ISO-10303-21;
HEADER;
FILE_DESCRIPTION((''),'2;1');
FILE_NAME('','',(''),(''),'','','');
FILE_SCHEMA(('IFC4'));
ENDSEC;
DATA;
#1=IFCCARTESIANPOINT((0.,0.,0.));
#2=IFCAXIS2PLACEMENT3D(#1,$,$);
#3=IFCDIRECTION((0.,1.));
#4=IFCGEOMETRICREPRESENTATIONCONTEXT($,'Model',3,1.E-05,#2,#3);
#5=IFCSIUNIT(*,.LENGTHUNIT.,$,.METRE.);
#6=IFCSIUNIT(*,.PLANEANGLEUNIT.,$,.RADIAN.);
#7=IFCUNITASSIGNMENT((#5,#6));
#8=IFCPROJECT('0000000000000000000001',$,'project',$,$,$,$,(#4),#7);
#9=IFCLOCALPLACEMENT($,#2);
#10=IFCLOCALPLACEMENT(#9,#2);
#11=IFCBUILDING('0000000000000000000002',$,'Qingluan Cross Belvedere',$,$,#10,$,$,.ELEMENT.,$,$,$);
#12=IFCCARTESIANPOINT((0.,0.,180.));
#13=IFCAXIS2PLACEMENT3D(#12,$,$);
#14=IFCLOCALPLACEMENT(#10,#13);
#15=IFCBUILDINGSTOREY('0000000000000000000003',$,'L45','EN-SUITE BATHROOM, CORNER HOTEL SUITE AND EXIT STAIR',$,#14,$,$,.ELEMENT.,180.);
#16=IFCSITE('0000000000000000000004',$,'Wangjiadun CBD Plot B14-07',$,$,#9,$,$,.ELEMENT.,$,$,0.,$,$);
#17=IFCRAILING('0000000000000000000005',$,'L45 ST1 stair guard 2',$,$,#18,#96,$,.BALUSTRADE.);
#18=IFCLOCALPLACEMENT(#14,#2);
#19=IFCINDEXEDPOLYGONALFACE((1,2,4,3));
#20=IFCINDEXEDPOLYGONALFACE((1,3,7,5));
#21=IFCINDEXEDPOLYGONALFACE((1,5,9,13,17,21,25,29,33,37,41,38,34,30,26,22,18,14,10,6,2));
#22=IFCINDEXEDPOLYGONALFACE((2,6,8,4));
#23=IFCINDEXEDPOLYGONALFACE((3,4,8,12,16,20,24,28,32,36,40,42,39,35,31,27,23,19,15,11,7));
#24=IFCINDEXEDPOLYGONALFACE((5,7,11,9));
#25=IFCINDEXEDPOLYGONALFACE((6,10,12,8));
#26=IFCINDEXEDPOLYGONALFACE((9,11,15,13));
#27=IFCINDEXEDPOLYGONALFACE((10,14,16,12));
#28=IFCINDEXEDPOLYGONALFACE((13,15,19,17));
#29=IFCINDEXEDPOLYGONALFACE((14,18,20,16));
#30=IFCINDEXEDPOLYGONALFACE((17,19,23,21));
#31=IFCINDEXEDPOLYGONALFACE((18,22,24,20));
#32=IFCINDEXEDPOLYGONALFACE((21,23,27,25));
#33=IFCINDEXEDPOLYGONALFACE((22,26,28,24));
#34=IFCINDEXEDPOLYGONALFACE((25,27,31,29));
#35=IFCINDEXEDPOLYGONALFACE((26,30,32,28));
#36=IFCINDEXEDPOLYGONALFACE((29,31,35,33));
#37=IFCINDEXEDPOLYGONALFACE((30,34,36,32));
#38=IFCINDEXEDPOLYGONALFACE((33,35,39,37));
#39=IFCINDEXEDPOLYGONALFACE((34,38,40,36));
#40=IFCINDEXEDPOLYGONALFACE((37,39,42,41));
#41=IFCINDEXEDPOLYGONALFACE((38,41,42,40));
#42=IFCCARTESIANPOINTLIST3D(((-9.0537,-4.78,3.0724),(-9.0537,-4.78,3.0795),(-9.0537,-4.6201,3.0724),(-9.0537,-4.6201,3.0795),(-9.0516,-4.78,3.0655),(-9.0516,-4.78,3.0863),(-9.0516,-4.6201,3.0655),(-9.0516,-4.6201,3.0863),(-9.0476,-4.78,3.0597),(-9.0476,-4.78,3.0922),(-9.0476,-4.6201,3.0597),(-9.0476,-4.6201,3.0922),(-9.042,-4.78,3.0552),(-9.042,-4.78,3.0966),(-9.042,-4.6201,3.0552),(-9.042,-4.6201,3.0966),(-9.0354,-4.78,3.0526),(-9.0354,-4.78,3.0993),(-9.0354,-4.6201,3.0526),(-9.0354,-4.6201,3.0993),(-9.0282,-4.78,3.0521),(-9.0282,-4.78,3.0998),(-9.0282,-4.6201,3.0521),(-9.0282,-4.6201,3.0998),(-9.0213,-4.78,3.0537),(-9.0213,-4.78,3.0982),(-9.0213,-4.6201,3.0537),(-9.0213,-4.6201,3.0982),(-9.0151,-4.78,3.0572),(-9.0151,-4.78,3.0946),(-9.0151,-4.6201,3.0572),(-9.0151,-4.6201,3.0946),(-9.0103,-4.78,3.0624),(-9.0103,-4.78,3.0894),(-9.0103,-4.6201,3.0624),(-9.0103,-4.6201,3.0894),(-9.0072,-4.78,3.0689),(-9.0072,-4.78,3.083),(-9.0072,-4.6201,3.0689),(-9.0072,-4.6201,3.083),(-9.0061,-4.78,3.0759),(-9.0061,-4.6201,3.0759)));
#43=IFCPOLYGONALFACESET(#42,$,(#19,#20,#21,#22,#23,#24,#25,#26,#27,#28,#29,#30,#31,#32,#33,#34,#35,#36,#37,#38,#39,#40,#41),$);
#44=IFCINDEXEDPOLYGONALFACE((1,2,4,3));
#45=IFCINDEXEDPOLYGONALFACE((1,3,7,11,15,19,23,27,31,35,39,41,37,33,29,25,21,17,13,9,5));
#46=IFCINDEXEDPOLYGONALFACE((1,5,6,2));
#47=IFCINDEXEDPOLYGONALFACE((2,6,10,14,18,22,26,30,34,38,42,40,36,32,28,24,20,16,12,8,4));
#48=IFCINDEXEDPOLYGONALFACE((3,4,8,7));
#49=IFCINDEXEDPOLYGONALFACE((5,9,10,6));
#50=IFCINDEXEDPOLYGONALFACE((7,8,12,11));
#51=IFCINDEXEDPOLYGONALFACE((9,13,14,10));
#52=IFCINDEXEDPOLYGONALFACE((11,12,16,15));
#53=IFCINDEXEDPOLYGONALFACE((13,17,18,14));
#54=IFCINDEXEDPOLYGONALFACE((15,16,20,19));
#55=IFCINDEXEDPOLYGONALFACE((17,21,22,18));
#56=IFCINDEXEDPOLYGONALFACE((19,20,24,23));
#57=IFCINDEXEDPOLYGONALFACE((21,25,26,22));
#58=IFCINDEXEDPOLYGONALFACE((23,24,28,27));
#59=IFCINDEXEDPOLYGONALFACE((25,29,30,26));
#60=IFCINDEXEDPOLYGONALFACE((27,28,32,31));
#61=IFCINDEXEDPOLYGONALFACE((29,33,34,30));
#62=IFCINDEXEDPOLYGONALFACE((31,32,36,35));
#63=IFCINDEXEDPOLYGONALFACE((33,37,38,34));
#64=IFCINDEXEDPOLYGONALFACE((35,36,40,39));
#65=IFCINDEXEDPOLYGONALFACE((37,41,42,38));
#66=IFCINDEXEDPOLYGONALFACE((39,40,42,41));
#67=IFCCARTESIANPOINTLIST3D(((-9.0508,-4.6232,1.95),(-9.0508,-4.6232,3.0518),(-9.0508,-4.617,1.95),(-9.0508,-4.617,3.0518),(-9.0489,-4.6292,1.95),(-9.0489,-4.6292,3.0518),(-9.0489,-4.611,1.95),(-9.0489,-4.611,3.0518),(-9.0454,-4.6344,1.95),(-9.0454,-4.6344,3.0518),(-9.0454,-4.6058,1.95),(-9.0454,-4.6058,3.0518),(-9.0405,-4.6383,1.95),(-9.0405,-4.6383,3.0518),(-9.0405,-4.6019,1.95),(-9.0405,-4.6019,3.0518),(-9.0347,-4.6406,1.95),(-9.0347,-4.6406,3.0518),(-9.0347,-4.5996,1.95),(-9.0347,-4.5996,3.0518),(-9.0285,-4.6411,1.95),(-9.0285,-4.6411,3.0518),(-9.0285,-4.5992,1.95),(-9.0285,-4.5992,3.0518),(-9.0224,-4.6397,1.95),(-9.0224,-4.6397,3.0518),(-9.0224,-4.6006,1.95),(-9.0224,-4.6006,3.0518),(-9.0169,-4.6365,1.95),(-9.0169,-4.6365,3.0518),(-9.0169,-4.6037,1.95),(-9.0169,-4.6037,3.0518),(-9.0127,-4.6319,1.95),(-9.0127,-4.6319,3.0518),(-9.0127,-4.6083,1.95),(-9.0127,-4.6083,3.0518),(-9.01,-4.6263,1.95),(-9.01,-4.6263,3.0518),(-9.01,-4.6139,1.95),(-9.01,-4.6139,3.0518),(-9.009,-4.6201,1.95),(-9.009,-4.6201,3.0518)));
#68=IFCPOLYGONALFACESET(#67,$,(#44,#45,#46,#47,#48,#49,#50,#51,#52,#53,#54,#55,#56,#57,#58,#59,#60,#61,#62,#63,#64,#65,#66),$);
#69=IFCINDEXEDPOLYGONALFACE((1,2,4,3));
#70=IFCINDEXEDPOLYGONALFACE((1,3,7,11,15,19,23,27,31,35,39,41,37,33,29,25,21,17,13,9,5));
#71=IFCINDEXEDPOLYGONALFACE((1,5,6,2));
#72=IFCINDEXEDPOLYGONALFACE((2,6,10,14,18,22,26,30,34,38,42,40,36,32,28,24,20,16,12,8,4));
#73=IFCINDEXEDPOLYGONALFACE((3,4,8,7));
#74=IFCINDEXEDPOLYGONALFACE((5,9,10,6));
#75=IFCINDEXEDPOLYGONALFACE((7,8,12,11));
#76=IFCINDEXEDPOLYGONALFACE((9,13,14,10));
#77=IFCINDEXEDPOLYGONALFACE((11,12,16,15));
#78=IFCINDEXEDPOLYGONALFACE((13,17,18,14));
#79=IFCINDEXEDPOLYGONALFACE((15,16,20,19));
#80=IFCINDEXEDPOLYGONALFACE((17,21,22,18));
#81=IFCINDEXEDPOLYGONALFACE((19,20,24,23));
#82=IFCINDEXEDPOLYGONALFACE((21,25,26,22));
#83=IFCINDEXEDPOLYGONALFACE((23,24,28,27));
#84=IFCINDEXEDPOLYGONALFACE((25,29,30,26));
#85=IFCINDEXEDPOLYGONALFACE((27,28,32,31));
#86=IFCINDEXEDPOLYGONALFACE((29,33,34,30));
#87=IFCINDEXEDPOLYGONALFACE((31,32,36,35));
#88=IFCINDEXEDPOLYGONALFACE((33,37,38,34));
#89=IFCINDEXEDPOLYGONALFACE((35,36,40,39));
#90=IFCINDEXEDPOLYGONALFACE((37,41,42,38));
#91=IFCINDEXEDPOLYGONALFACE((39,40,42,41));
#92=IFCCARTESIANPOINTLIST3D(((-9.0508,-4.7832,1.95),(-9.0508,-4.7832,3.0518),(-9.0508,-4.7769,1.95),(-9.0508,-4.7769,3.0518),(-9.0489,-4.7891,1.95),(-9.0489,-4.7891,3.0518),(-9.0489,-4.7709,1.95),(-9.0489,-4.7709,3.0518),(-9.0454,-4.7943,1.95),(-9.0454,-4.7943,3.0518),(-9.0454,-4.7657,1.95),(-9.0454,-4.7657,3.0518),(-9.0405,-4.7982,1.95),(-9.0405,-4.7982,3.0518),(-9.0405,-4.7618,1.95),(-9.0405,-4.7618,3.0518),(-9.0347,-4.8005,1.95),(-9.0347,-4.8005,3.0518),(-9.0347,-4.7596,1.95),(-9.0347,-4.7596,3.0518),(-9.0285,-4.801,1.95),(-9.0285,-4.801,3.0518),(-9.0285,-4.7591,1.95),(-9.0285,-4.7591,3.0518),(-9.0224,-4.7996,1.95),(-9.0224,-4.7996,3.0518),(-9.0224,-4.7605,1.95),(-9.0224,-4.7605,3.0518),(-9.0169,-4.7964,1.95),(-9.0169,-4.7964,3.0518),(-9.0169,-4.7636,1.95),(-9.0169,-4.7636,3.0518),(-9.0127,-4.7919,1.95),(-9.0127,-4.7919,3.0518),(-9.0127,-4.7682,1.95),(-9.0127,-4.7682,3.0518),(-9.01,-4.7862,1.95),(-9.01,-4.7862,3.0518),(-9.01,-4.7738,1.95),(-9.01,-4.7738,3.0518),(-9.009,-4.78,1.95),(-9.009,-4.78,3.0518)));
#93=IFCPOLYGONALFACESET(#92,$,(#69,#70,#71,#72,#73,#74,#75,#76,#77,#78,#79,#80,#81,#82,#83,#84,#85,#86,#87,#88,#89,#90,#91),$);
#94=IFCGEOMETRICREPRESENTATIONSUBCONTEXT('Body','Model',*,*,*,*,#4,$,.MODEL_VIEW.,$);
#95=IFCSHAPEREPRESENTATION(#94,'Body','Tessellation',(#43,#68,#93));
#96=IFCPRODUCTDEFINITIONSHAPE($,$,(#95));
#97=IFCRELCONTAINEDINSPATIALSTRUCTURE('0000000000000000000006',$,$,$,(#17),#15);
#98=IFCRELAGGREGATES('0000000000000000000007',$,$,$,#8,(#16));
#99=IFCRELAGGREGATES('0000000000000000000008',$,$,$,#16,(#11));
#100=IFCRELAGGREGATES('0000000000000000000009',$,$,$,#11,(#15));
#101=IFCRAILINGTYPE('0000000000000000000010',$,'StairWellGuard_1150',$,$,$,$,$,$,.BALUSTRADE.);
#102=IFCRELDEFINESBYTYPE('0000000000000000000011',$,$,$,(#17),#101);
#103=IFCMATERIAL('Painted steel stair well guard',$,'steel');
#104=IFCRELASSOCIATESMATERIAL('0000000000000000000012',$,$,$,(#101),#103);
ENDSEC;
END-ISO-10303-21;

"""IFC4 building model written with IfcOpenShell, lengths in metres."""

from ifc_helpers import new_model, si_unit, direction, frame, origin, origin_2d, place, context, subcontext, project, spatial, circle, extrude, material, type_object, element, save


model = new_model("IFC4")

# Units and contexts
model_context = context("Model", 3, precision=1e-05, world=origin(), true_north=direction((0.0, 1.0)))
body_context = subcontext(model_context, "Body", "Model", "MODEL_VIEW")
ifc_project = project(units=[si_unit("LENGTHUNIT", "METRE"), si_unit("PLANEANGLEUNIT", "RADIAN")], contexts=[model_context])

# Site, building, storey
site_placement = place(None, origin())
site = spatial("IfcSite", under=ifc_project, at=site_placement, Name="Wangjiadun CBD Plot B14-07", CompositionType="ELEMENT", RefElevation=0.0)
building_placement = place(site_placement, origin())
building = spatial("IfcBuilding", under=site, at=building_placement, Name="Qingluan Cross Belvedere", CompositionType="ELEMENT")
storey_placement = place(building_placement, frame((0.0, 0.0, 180.0)))
storey = spatial("IfcBuildingStorey", under=building, at=storey_placement, Name="L45", Description="EN-SUITE BATHROOM, CORNER HOTEL SUITE AND EXIT STAIR", CompositionType="ELEMENT", Elevation=180.0)

# Railing
ifc_material_1 = material(Name="Painted steel stair well guard", Category="steel")
railing_type_1 = type_object("IfcRailingType", Name="StairWellGuard_1150", PredefinedType="BALUSTRADE", material=ifc_material_1)
railing_1_placement = place(storey_placement, frame((-9.03, -4.6201, 1.95)))
element("IfcRailing", 1, at=railing_1_placement, inside=storey, type_object=railing_type_1, Name="L45 ST1 stair guard 2", PredefinedType="BALUSTRADE", context=body_context, shape_type="SweptSolid", body=[
    extrude(circle(Radius=0.0239, at=origin_2d()), frame((0.0, 0.0, 1.126), z_axis=(0.0, -1.0, 0.0), x_axis=(1.0, 0.0, 0.0)), (0.0, 0.0, 1.0), 0.1599),
    extrude(circle(Radius=0.021, at=origin_2d()), origin(), (0.0, 0.0, 1.0), 1.1018),
    extrude(circle(Radius=0.021, at=origin_2d()), frame((0.0, -0.1599, 0.0)), (0.0, 0.0, 1.0), 1.1018),
])

save(model, "model.ifc")
